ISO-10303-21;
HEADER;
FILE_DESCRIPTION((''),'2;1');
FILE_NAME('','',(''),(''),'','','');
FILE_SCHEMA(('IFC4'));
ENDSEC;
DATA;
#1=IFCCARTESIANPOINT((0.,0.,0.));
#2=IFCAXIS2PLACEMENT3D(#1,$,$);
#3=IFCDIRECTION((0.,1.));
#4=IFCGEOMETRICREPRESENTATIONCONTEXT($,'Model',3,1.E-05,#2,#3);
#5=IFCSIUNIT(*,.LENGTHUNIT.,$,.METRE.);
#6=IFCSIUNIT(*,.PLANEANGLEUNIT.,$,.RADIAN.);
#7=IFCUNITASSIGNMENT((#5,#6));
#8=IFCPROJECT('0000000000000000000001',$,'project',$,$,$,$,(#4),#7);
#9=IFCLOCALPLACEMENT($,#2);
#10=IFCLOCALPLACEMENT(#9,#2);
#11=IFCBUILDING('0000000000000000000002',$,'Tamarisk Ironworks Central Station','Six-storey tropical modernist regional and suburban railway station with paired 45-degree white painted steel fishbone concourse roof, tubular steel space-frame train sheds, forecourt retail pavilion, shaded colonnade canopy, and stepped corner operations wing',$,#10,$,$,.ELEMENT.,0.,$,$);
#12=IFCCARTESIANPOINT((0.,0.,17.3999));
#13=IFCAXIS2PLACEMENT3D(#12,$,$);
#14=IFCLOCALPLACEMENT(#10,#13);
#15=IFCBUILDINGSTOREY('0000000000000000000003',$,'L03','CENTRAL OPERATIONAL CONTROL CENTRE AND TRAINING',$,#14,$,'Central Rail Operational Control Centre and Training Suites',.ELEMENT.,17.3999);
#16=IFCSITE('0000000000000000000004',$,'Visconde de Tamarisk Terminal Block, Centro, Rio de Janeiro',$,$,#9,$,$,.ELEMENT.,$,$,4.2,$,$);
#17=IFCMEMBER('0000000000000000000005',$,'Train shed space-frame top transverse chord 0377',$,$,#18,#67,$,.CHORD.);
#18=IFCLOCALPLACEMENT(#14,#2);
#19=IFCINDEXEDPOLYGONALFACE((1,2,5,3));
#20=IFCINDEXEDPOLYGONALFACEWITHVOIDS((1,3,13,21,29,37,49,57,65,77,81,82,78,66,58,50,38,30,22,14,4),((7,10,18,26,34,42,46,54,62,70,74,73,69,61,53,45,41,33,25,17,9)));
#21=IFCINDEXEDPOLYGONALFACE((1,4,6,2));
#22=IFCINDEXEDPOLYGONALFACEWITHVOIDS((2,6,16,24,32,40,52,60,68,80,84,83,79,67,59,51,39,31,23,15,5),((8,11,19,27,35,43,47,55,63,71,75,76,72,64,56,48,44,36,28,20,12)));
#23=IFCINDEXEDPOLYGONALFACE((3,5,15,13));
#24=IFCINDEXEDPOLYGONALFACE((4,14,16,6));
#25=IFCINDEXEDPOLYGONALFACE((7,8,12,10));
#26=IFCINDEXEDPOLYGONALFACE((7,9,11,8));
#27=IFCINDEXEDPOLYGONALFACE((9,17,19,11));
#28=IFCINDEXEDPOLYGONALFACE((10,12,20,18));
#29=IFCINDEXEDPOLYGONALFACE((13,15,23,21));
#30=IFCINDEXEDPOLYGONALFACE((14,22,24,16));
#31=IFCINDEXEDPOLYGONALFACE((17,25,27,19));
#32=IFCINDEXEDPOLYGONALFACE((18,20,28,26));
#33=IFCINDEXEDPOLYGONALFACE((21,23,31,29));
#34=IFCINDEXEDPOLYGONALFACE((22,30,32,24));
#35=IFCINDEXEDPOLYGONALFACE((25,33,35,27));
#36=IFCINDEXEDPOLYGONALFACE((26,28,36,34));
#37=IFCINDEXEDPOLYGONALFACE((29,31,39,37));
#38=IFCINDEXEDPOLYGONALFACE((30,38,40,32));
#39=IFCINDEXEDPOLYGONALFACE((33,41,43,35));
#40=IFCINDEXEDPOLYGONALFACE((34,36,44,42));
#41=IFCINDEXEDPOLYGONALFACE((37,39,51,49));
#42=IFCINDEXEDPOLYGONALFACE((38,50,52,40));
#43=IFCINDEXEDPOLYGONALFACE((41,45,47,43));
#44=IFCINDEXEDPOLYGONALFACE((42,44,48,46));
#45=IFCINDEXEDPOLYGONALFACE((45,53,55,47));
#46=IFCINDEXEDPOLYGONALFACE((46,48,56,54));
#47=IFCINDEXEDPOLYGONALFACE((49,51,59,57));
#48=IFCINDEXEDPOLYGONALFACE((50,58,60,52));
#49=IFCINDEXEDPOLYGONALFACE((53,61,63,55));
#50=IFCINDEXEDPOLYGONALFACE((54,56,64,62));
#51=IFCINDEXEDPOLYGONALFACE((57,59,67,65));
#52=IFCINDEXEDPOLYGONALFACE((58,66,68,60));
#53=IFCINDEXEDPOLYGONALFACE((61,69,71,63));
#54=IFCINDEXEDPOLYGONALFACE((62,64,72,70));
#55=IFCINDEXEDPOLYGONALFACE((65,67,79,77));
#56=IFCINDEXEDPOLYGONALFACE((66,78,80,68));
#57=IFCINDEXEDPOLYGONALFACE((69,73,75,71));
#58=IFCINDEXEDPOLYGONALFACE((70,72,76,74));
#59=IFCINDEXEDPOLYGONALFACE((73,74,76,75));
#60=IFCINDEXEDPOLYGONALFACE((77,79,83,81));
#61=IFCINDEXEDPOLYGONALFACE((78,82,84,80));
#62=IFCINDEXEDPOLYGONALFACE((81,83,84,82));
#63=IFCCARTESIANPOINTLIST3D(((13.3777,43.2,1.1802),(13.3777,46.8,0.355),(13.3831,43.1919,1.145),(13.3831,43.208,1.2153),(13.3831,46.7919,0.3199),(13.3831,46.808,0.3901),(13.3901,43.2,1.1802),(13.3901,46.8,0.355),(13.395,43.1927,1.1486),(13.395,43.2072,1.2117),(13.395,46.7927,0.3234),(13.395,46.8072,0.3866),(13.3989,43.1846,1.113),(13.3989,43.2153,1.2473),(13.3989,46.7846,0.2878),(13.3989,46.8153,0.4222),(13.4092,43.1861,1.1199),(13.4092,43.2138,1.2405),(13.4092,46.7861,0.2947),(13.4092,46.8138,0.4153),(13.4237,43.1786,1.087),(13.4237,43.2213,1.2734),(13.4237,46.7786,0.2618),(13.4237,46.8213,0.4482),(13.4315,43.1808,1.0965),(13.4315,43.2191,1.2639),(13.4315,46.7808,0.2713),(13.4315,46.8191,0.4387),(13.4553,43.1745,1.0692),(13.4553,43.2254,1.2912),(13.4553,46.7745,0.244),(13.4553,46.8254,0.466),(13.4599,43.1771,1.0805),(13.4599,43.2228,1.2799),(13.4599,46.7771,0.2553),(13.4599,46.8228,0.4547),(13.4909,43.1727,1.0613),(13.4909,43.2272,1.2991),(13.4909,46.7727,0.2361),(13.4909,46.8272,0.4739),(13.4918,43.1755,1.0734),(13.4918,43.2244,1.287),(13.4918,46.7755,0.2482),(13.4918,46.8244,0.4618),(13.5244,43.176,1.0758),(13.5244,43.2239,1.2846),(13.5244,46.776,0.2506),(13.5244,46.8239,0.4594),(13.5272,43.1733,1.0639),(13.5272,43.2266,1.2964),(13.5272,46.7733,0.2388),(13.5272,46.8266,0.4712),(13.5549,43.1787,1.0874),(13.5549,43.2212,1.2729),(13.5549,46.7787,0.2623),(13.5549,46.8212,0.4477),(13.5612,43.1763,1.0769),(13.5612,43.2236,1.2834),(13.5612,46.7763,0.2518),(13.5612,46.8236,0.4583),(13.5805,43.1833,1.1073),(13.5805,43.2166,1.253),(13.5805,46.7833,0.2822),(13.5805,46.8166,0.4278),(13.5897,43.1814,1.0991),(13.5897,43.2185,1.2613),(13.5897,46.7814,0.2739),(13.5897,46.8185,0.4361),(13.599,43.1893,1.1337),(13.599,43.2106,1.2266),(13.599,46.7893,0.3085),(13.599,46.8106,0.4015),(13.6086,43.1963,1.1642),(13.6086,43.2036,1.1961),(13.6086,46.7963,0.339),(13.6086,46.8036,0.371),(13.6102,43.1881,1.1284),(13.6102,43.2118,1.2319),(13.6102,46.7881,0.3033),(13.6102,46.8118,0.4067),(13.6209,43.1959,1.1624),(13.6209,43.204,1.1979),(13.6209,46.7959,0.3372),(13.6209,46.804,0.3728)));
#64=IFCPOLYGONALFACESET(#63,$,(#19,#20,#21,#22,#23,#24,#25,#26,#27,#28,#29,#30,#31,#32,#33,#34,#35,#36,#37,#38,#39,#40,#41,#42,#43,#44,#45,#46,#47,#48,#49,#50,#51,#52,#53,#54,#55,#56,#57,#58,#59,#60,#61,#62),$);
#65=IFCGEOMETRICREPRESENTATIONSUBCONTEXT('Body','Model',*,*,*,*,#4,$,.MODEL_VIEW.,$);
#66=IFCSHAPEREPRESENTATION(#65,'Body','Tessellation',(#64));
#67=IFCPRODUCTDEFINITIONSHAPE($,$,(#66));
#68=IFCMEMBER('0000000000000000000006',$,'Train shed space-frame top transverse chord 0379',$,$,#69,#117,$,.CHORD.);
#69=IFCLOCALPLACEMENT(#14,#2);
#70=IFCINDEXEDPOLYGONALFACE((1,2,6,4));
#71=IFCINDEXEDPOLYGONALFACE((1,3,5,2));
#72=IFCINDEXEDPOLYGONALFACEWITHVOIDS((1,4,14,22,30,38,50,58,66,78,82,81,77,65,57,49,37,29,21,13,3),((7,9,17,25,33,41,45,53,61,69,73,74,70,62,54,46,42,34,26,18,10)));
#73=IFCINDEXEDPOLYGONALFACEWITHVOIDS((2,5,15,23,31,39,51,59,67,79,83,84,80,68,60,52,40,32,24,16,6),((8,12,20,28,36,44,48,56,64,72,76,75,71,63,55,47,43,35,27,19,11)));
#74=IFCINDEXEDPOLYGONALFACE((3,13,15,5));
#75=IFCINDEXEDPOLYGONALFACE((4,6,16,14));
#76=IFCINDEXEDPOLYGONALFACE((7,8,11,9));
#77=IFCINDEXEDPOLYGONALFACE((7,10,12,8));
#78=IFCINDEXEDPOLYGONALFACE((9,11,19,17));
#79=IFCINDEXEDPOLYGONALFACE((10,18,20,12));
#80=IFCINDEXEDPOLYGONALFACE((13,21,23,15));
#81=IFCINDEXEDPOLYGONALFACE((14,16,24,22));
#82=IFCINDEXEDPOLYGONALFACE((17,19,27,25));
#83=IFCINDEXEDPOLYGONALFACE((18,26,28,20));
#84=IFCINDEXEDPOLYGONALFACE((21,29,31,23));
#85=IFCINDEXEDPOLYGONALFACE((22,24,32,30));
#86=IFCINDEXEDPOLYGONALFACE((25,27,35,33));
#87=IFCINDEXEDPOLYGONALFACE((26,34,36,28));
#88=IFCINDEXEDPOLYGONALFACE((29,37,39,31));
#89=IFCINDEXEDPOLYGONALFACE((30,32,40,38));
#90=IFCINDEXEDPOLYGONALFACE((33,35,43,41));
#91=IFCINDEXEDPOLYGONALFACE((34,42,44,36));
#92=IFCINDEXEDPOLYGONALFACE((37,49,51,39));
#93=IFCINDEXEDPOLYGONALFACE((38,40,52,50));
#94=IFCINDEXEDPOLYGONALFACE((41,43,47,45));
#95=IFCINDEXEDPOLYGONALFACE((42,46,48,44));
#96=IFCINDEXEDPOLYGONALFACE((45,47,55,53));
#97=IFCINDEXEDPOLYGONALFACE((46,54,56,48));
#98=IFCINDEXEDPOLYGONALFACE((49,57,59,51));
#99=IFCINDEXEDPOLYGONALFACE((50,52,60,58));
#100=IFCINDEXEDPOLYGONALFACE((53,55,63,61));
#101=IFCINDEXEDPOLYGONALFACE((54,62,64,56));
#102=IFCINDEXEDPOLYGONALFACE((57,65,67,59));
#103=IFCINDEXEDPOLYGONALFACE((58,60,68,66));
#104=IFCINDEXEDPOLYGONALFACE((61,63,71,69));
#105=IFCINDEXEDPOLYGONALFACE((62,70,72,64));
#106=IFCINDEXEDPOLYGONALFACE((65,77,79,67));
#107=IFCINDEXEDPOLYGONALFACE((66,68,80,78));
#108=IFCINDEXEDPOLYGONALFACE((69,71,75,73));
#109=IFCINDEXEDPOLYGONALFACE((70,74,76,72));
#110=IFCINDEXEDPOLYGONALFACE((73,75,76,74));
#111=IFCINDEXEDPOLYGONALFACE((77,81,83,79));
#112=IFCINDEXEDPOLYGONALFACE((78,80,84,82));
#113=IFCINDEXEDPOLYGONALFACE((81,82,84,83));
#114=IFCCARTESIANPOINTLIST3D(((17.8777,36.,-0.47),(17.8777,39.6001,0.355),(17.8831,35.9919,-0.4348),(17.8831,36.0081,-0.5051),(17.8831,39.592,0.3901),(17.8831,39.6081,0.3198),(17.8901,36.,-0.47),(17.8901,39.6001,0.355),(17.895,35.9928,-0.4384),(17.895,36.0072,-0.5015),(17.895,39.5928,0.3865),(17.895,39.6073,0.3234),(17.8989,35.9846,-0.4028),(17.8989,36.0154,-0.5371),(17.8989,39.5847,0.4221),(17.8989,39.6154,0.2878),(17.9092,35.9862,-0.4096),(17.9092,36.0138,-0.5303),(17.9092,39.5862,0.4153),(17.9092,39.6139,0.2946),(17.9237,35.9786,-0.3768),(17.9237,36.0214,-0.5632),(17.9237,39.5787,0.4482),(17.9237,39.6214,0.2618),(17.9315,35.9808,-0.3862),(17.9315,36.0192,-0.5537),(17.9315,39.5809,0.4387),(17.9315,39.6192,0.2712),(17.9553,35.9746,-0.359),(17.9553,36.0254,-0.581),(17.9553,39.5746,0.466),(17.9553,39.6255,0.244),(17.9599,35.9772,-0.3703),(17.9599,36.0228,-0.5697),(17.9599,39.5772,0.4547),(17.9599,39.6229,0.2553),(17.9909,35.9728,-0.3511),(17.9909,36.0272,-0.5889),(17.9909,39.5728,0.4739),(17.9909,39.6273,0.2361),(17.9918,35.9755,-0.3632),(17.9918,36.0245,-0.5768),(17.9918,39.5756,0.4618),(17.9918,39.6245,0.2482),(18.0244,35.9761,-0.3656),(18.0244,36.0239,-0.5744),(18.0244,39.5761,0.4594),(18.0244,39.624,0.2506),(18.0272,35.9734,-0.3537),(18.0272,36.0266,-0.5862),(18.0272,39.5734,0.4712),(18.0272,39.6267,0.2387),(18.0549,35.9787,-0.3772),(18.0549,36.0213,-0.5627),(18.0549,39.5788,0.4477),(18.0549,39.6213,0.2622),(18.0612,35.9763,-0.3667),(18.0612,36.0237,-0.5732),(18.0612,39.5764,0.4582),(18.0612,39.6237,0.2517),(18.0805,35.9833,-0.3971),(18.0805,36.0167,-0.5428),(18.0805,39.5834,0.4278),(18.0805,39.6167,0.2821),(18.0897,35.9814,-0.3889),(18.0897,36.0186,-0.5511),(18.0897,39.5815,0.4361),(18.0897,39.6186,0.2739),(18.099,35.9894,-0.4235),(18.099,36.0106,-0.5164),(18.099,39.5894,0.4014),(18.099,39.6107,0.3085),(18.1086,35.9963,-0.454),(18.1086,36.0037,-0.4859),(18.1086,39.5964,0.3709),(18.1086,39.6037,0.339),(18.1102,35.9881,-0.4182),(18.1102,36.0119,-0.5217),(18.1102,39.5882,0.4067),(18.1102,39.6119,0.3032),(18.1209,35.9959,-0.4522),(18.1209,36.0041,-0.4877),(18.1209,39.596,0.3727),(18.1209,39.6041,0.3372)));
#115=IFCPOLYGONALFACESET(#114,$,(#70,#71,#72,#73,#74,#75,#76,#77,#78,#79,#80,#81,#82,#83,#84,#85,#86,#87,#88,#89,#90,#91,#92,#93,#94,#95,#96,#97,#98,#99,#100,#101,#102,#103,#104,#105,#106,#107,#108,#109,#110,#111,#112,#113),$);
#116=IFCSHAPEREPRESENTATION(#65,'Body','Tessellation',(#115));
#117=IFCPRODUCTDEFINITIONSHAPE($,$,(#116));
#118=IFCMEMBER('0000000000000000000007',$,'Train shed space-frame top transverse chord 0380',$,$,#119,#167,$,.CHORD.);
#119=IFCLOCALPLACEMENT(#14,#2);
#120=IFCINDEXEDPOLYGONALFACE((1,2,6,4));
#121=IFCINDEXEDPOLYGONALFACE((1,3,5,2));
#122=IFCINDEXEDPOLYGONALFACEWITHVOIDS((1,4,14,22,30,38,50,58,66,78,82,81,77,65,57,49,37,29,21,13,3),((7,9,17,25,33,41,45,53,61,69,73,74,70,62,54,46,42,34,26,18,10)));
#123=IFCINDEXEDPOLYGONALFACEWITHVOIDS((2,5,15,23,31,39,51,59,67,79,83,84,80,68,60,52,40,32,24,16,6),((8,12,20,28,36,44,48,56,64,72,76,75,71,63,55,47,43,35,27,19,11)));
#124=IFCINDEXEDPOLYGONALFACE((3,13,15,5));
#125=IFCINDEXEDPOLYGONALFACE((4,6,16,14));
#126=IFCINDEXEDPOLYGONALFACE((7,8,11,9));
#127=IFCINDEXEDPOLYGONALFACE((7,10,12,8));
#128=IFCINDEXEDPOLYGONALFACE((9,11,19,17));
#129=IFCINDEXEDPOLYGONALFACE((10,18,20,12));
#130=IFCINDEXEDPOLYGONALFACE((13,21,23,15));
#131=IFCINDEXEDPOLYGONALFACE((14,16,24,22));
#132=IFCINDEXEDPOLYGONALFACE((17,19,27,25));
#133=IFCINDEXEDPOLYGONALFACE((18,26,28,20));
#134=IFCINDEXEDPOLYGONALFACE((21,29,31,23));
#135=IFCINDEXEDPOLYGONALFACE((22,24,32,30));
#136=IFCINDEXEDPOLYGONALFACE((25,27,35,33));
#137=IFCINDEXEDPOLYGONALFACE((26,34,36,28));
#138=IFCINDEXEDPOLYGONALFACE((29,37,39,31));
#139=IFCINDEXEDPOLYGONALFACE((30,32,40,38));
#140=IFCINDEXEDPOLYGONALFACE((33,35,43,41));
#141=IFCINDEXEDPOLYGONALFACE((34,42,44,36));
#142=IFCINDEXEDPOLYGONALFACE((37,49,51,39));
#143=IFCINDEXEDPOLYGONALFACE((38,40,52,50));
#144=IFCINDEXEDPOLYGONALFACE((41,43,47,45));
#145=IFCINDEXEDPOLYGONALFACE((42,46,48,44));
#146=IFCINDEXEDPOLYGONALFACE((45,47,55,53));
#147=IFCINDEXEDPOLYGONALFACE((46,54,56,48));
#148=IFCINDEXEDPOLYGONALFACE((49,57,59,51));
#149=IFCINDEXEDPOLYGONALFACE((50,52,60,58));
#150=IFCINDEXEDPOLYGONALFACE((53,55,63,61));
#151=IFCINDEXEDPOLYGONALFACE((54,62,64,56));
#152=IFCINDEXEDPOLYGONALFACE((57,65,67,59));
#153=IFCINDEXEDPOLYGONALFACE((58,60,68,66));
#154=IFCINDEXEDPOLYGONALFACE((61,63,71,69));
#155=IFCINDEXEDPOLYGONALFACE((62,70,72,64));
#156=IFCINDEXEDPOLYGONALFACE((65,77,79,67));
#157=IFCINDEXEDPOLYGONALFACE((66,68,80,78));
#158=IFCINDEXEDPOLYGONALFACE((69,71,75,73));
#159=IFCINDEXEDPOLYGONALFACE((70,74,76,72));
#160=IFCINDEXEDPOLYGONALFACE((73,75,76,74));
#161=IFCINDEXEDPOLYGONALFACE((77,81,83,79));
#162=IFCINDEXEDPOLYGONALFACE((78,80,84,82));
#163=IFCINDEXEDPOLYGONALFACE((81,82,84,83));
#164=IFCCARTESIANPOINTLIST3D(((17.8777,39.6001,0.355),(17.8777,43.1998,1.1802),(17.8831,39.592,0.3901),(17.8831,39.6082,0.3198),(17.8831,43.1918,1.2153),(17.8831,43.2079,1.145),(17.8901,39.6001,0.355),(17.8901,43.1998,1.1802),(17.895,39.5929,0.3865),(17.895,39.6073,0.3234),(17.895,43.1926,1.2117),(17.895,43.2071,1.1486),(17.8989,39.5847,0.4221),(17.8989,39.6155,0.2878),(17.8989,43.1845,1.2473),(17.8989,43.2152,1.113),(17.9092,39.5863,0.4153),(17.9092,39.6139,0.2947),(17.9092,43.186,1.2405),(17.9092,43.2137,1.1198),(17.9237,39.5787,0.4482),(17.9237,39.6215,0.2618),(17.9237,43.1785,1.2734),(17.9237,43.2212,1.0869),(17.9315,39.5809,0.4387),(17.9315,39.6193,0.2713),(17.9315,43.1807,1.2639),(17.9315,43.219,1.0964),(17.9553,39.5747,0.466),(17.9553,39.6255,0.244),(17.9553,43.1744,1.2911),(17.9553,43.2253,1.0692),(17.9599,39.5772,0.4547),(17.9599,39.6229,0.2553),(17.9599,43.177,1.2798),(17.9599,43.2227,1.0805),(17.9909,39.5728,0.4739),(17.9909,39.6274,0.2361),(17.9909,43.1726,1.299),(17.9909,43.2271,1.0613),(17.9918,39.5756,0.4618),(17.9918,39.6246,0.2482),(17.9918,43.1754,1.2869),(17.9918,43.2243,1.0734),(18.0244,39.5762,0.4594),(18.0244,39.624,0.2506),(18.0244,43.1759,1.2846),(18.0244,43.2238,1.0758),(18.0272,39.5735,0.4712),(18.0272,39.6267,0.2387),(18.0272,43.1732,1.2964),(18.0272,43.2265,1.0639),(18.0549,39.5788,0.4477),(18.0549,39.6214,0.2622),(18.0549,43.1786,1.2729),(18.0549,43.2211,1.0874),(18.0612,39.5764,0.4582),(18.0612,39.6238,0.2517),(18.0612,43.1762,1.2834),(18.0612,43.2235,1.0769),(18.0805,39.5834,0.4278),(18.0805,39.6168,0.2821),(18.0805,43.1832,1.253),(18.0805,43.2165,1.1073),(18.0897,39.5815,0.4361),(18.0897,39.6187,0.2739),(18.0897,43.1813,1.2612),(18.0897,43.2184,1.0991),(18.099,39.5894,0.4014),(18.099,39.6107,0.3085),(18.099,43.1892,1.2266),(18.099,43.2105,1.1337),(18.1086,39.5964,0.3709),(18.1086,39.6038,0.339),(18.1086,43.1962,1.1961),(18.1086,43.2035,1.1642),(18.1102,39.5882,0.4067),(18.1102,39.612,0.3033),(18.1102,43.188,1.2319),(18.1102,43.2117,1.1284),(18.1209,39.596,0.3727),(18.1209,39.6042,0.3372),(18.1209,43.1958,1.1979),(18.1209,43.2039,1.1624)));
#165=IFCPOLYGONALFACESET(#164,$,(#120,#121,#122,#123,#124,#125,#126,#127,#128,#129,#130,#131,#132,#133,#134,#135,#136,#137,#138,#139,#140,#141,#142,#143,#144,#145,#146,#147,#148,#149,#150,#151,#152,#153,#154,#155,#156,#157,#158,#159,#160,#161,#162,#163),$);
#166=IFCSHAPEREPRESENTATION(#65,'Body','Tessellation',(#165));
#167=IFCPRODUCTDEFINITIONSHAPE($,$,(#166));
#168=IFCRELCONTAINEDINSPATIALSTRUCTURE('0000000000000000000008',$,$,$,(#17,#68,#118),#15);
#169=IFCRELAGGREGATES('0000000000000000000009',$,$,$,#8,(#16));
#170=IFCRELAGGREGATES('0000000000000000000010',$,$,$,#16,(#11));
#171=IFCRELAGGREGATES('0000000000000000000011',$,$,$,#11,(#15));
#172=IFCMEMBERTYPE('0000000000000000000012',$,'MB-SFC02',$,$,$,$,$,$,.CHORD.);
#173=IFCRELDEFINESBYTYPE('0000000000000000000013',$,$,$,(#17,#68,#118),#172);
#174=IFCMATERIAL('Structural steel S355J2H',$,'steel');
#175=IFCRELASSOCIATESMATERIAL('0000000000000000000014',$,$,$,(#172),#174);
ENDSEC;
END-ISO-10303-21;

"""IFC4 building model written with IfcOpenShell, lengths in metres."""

from ifc_helpers import new_model, si_unit, direction, frame, origin, origin_2d, place, context, subcontext, project, spatial, hollow_circle, extrude, material, material_profile, profile_set, type_object, element, save


model = new_model("IFC4")

# Units and contexts
model_context = context("Model", 3, precision=1e-05, world=origin(), true_north=direction((0.0, 1.0)))
body_context = subcontext(model_context, "Body", "Model", "MODEL_VIEW")
ifc_project = project(units=[si_unit("LENGTHUNIT", "METRE"), si_unit("PLANEANGLEUNIT", "RADIAN")], contexts=[model_context])

# Site, building, storey
site_placement = place(None, origin())
site = spatial("IfcSite", under=ifc_project, at=site_placement, Name="Visconde de Tamarisk Terminal Block, Centro, Rio de Janeiro", CompositionType="ELEMENT", RefElevation=4.2)
building_placement = place(site_placement, origin())
building = spatial("IfcBuilding", under=site, at=building_placement, Name="Tamarisk Ironworks Central Station", Description="Six-storey tropical modernist regional and suburban railway station with paired 45-degree white painted steel fishbone concourse roof, tubular steel space-frame train sheds, forecourt retail pavilion, shaded colonnade canopy, and stepped corner operations wing", CompositionType="ELEMENT", ElevationOfRefHeight=0.0)
storey_placement = place(building_placement, frame((0.0, 0.0, 17.3999)))
storey = spatial("IfcBuildingStorey", under=building, at=storey_placement, Name="L03", Description="CENTRAL OPERATIONAL CONTROL CENTRE AND TRAINING", LongName="Central Rail Operational Control Centre and Training Suites", CompositionType="ELEMENT", Elevation=17.3999)

# Members
ifc_material_1 = material(Name="Structural steel S355J2H", Category="steel")
ifc_material_profile_1 = material_profile(ifc_material_1, hollow_circle(Radius=0.1223, WallThickness=0.0125, at=origin_2d()), Name="CHS 244.5x12.5")
ifc_profile_set_1 = profile_set([ifc_material_profile_1], Name="Structural steel S355J2H")
member_type_1 = type_object("IfcMemberType", Name="MB-SFC02", PredefinedType="CHORD", material=ifc_profile_set_1)
for number, where, z_axis, x_axis, name in (
    (1, (13.5, 43.2, 1.1802), (0.0, 0.974722, -0.223421), (-1.0, 0.0, 0.0), "Train shed space-frame top transverse chord 0377"),
    (2, (18.0, 36.0, -0.47), (0.0, 0.974737, 0.223358), (-1.0, 0.0, 0.0), "Train shed space-frame top transverse chord 0379"),
):
    element("IfcMember", number, at=place(storey_placement, frame(where, z_axis=z_axis, x_axis=x_axis)), inside=storey, type_object=member_type_1, Name=name, PredefinedType="CHORD", context=body_context, shape_type="SweptSolid", body=[
        extrude(hollow_circle(Radius=0.1223, WallThickness=0.0125, at=origin_2d()), origin(), (0.0, 0.0, 1.0), 3.6934),
    ])
member_1_placement = place(storey_placement, frame((18.0, 39.6001, 0.355), z_axis=(0.0, 0.974719, 0.223435), x_axis=(-1.0, 0.0, 0.0)))
element("IfcMember", 3, at=member_1_placement, inside=storey, type_object=member_type_1, Name="Train shed space-frame top transverse chord 0380", PredefinedType="CHORD", context=body_context, shape_type="SweptSolid", body=[
    extrude(hollow_circle(Radius=0.1223, WallThickness=0.0125, at=origin_2d()), origin(), (0.0, 0.0, 1.0), 3.6931),
])

save(model, "model.ifc")
